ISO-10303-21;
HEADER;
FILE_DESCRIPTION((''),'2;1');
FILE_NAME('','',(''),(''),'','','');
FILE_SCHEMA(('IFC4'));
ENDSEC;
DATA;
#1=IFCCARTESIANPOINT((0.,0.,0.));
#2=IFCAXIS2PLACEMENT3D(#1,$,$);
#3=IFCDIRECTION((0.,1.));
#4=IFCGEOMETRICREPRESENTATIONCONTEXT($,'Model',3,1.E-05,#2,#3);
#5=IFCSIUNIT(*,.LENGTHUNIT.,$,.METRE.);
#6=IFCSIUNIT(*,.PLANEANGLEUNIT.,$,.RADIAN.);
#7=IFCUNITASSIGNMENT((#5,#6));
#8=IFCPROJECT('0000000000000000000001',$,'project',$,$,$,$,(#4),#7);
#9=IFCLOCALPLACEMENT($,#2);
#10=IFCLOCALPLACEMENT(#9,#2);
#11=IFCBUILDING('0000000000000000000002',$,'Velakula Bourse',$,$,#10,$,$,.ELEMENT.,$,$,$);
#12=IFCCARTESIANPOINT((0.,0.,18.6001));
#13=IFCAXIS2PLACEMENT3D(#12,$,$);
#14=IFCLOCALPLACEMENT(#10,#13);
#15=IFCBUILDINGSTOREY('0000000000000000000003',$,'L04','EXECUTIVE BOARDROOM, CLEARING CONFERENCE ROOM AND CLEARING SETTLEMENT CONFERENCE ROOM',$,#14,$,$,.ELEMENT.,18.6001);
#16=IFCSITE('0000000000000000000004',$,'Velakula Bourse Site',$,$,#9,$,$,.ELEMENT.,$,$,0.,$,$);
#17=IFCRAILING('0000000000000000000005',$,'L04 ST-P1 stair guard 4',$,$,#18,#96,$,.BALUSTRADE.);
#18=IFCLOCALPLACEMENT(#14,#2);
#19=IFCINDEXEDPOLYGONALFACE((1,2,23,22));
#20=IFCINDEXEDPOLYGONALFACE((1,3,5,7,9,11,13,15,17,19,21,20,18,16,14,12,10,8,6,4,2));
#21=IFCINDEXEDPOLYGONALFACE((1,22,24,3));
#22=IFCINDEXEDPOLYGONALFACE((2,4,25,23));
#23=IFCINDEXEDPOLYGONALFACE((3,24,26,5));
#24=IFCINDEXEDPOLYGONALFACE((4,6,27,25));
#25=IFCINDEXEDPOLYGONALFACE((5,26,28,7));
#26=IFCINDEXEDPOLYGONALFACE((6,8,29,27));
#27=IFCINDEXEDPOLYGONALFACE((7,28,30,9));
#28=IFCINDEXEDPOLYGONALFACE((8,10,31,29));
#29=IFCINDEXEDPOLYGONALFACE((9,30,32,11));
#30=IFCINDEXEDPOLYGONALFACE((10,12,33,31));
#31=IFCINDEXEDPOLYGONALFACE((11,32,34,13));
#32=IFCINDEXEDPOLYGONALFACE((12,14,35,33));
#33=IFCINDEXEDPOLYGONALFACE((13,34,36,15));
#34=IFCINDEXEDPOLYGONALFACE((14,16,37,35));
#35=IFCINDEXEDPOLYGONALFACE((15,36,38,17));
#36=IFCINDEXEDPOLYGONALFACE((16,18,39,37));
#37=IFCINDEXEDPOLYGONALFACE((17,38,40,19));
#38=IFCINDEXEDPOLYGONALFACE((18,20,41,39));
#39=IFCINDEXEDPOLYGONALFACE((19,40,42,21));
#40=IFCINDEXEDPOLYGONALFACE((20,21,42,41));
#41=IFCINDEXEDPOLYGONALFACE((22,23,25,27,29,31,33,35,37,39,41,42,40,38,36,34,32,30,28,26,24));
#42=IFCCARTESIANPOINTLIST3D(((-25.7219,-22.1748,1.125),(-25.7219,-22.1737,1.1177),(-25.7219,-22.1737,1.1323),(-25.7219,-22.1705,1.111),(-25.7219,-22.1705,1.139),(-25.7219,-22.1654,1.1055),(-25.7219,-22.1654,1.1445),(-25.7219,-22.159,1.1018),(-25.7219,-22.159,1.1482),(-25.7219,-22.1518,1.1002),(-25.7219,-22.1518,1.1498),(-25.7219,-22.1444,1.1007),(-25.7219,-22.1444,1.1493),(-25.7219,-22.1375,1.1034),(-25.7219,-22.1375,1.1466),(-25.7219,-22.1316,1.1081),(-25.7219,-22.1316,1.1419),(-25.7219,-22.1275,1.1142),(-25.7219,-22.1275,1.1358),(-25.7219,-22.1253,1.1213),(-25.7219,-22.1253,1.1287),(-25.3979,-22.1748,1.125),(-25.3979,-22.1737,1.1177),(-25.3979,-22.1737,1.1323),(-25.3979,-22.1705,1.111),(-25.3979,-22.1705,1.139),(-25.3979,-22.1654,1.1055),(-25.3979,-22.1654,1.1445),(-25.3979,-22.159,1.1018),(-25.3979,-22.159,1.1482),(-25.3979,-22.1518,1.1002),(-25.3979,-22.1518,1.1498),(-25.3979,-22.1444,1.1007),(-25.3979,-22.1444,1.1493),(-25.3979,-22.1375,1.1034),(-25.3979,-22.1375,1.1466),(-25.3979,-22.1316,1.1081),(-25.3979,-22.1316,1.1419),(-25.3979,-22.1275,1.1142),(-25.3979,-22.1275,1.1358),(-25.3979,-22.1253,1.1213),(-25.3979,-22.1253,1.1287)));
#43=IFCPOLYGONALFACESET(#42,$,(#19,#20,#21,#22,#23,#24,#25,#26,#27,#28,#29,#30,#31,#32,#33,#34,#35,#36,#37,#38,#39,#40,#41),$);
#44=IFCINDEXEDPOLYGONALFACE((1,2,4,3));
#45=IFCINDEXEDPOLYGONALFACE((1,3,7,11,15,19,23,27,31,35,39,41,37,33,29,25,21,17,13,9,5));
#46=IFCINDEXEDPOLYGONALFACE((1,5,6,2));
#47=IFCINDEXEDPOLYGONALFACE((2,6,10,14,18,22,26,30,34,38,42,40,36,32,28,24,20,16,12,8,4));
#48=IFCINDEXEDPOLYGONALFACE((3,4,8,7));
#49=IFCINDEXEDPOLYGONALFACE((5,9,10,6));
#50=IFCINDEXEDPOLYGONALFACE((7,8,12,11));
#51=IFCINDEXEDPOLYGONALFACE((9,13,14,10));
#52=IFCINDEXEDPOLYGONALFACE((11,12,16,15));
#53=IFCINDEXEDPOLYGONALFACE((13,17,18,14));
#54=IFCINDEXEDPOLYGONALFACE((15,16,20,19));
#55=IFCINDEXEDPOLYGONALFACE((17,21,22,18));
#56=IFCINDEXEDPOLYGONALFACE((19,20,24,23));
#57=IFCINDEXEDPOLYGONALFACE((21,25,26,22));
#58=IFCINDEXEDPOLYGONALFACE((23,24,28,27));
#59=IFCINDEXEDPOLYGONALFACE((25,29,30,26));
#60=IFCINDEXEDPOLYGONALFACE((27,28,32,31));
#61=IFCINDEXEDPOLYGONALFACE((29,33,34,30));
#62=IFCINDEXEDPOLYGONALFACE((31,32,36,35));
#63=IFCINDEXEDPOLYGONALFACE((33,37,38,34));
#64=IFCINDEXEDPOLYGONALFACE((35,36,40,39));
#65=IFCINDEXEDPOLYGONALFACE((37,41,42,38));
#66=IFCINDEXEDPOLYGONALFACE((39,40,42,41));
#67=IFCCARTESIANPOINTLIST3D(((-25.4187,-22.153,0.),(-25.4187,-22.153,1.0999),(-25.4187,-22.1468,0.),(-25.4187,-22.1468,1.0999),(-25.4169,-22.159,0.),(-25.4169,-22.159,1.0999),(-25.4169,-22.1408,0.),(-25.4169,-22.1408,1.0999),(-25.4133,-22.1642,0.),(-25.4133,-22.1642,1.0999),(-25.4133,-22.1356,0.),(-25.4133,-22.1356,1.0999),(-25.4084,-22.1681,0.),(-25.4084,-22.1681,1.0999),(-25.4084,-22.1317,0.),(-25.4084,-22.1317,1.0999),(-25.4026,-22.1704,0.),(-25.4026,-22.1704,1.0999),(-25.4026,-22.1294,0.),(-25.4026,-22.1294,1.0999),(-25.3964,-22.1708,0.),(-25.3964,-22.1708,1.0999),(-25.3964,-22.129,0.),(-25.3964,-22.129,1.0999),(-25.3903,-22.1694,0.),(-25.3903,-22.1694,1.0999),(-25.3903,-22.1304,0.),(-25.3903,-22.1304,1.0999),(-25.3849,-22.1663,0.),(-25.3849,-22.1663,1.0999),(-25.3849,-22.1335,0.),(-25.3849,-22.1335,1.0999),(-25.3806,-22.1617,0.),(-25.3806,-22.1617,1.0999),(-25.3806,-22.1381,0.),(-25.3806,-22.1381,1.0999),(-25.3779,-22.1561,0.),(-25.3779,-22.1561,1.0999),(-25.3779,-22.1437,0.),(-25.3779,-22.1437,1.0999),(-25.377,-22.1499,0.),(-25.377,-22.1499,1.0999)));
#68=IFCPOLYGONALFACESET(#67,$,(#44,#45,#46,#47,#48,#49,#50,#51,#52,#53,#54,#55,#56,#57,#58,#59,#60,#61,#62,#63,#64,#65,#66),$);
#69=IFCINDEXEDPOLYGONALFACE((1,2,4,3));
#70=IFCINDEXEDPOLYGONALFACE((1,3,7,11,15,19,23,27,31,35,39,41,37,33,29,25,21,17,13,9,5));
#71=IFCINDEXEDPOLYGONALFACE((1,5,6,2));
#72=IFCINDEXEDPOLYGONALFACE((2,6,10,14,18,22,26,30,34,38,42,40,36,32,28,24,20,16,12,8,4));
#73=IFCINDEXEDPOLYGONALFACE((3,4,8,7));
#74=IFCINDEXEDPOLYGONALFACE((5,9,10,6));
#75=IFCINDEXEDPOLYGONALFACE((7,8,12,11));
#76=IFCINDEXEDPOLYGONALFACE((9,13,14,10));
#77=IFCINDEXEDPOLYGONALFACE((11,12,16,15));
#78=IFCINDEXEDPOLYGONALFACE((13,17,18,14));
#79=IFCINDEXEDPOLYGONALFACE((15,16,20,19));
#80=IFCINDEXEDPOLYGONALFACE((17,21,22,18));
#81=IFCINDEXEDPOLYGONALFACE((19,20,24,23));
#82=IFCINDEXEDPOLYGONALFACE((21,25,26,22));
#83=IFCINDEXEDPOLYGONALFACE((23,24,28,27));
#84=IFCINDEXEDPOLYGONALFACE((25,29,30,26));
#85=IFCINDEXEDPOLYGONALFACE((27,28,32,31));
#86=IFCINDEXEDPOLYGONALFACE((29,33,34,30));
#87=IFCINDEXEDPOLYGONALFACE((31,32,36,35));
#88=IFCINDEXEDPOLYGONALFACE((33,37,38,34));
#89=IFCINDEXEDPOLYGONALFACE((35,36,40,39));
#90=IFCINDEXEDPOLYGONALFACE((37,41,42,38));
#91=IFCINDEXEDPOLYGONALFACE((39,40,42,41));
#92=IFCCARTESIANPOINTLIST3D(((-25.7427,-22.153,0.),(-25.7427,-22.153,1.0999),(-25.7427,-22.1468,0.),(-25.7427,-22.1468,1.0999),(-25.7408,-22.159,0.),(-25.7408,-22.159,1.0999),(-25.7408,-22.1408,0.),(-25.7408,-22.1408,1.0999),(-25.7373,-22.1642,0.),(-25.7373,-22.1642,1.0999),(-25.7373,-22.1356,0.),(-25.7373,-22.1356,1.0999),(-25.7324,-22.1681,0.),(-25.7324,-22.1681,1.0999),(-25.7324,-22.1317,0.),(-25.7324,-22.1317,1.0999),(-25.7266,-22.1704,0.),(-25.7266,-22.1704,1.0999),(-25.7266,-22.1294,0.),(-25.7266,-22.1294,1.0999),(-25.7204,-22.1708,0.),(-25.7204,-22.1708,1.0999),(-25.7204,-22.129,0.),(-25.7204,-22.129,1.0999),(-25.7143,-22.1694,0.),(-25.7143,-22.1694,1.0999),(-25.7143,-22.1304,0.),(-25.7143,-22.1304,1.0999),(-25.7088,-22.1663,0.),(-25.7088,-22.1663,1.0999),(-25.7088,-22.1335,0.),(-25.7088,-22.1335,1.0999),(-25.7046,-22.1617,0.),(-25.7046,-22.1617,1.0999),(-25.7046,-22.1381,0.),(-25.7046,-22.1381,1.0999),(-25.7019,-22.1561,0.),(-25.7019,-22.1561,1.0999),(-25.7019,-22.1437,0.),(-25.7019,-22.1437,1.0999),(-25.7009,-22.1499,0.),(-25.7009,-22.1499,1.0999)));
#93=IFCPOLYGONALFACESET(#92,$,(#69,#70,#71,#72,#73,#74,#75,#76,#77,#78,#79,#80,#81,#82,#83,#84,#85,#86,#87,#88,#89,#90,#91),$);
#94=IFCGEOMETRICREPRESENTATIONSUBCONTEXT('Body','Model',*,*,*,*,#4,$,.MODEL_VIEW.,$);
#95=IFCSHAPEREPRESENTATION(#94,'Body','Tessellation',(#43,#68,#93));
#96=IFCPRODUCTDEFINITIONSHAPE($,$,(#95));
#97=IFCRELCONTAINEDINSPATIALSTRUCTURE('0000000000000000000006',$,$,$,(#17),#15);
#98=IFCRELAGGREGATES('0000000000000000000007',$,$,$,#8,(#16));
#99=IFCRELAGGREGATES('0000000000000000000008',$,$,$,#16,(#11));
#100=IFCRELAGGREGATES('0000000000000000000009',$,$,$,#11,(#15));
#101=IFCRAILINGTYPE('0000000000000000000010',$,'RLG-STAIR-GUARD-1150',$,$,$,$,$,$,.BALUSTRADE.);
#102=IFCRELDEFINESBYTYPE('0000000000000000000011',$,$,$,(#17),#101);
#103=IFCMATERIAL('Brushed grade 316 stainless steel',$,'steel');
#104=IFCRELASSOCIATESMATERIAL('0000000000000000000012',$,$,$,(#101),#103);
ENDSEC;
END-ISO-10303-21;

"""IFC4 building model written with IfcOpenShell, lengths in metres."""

from ifc_helpers import new_model, si_unit, direction, frame, origin, origin_2d, place, context, subcontext, project, spatial, circle, extrude, material, type_object, element, save


model = new_model("IFC4")

# Units and contexts
model_context = context("Model", 3, precision=1e-05, world=origin(), true_north=direction((0.0, 1.0)))
body_context = subcontext(model_context, "Body", "Model", "MODEL_VIEW")
ifc_project = project(units=[si_unit("LENGTHUNIT", "METRE"), si_unit("PLANEANGLEUNIT", "RADIAN")], contexts=[model_context])

# Site, building, storey
site_placement = place(None, origin())
site = spatial("IfcSite", under=ifc_project, at=site_placement, Name="Velakula Bourse Site", CompositionType="ELEMENT", RefElevation=0.0)
building_placement = place(site_placement, origin())
building = spatial("IfcBuilding", under=site, at=building_placement, Name="Velakula Bourse", CompositionType="ELEMENT")
storey_placement = place(building_placement, frame((0.0, 0.0, 18.6001)))
storey = spatial("IfcBuildingStorey", under=building, at=storey_placement, Name="L04", Description="EXECUTIVE BOARDROOM, CLEARING CONFERENCE ROOM AND CLEARING SETTLEMENT CONFERENCE ROOM", CompositionType="ELEMENT", Elevation=18.6001)

# Railing
ifc_material_1 = material(Name="Brushed grade 316 stainless steel", Category="steel")
railing_type_1 = type_object("IfcRailingType", Name="RLG-STAIR-GUARD-1150", PredefinedType="BALUSTRADE", material=ifc_material_1)
railing_1_placement = place(storey_placement, frame((-25.3979, -22.1499, 0.0)))
element("IfcRailing", 1, at=railing_1_placement, inside=storey, type_object=railing_type_1, Name="L04 ST-P1 stair guard 4", PredefinedType="BALUSTRADE", context=body_context, shape_type="SweptSolid", body=[
    extrude(circle(Radius=0.0249, at=origin_2d()), frame((0.0, 0.0, 1.125), z_axis=(-1.0, 0.0, 0.0), x_axis=(0.0, -1.0, 0.0)), (0.0, 0.0, 1.0), 0.324),
    extrude(circle(Radius=0.021, at=origin_2d()), origin(), (0.0, 0.0, 1.0), 1.0999),
    extrude(circle(Radius=0.021, at=origin_2d()), frame((-0.324, 0.0, 0.0)), (0.0, 0.0, 1.0), 1.0999),
])

save(model, "model.ifc")
